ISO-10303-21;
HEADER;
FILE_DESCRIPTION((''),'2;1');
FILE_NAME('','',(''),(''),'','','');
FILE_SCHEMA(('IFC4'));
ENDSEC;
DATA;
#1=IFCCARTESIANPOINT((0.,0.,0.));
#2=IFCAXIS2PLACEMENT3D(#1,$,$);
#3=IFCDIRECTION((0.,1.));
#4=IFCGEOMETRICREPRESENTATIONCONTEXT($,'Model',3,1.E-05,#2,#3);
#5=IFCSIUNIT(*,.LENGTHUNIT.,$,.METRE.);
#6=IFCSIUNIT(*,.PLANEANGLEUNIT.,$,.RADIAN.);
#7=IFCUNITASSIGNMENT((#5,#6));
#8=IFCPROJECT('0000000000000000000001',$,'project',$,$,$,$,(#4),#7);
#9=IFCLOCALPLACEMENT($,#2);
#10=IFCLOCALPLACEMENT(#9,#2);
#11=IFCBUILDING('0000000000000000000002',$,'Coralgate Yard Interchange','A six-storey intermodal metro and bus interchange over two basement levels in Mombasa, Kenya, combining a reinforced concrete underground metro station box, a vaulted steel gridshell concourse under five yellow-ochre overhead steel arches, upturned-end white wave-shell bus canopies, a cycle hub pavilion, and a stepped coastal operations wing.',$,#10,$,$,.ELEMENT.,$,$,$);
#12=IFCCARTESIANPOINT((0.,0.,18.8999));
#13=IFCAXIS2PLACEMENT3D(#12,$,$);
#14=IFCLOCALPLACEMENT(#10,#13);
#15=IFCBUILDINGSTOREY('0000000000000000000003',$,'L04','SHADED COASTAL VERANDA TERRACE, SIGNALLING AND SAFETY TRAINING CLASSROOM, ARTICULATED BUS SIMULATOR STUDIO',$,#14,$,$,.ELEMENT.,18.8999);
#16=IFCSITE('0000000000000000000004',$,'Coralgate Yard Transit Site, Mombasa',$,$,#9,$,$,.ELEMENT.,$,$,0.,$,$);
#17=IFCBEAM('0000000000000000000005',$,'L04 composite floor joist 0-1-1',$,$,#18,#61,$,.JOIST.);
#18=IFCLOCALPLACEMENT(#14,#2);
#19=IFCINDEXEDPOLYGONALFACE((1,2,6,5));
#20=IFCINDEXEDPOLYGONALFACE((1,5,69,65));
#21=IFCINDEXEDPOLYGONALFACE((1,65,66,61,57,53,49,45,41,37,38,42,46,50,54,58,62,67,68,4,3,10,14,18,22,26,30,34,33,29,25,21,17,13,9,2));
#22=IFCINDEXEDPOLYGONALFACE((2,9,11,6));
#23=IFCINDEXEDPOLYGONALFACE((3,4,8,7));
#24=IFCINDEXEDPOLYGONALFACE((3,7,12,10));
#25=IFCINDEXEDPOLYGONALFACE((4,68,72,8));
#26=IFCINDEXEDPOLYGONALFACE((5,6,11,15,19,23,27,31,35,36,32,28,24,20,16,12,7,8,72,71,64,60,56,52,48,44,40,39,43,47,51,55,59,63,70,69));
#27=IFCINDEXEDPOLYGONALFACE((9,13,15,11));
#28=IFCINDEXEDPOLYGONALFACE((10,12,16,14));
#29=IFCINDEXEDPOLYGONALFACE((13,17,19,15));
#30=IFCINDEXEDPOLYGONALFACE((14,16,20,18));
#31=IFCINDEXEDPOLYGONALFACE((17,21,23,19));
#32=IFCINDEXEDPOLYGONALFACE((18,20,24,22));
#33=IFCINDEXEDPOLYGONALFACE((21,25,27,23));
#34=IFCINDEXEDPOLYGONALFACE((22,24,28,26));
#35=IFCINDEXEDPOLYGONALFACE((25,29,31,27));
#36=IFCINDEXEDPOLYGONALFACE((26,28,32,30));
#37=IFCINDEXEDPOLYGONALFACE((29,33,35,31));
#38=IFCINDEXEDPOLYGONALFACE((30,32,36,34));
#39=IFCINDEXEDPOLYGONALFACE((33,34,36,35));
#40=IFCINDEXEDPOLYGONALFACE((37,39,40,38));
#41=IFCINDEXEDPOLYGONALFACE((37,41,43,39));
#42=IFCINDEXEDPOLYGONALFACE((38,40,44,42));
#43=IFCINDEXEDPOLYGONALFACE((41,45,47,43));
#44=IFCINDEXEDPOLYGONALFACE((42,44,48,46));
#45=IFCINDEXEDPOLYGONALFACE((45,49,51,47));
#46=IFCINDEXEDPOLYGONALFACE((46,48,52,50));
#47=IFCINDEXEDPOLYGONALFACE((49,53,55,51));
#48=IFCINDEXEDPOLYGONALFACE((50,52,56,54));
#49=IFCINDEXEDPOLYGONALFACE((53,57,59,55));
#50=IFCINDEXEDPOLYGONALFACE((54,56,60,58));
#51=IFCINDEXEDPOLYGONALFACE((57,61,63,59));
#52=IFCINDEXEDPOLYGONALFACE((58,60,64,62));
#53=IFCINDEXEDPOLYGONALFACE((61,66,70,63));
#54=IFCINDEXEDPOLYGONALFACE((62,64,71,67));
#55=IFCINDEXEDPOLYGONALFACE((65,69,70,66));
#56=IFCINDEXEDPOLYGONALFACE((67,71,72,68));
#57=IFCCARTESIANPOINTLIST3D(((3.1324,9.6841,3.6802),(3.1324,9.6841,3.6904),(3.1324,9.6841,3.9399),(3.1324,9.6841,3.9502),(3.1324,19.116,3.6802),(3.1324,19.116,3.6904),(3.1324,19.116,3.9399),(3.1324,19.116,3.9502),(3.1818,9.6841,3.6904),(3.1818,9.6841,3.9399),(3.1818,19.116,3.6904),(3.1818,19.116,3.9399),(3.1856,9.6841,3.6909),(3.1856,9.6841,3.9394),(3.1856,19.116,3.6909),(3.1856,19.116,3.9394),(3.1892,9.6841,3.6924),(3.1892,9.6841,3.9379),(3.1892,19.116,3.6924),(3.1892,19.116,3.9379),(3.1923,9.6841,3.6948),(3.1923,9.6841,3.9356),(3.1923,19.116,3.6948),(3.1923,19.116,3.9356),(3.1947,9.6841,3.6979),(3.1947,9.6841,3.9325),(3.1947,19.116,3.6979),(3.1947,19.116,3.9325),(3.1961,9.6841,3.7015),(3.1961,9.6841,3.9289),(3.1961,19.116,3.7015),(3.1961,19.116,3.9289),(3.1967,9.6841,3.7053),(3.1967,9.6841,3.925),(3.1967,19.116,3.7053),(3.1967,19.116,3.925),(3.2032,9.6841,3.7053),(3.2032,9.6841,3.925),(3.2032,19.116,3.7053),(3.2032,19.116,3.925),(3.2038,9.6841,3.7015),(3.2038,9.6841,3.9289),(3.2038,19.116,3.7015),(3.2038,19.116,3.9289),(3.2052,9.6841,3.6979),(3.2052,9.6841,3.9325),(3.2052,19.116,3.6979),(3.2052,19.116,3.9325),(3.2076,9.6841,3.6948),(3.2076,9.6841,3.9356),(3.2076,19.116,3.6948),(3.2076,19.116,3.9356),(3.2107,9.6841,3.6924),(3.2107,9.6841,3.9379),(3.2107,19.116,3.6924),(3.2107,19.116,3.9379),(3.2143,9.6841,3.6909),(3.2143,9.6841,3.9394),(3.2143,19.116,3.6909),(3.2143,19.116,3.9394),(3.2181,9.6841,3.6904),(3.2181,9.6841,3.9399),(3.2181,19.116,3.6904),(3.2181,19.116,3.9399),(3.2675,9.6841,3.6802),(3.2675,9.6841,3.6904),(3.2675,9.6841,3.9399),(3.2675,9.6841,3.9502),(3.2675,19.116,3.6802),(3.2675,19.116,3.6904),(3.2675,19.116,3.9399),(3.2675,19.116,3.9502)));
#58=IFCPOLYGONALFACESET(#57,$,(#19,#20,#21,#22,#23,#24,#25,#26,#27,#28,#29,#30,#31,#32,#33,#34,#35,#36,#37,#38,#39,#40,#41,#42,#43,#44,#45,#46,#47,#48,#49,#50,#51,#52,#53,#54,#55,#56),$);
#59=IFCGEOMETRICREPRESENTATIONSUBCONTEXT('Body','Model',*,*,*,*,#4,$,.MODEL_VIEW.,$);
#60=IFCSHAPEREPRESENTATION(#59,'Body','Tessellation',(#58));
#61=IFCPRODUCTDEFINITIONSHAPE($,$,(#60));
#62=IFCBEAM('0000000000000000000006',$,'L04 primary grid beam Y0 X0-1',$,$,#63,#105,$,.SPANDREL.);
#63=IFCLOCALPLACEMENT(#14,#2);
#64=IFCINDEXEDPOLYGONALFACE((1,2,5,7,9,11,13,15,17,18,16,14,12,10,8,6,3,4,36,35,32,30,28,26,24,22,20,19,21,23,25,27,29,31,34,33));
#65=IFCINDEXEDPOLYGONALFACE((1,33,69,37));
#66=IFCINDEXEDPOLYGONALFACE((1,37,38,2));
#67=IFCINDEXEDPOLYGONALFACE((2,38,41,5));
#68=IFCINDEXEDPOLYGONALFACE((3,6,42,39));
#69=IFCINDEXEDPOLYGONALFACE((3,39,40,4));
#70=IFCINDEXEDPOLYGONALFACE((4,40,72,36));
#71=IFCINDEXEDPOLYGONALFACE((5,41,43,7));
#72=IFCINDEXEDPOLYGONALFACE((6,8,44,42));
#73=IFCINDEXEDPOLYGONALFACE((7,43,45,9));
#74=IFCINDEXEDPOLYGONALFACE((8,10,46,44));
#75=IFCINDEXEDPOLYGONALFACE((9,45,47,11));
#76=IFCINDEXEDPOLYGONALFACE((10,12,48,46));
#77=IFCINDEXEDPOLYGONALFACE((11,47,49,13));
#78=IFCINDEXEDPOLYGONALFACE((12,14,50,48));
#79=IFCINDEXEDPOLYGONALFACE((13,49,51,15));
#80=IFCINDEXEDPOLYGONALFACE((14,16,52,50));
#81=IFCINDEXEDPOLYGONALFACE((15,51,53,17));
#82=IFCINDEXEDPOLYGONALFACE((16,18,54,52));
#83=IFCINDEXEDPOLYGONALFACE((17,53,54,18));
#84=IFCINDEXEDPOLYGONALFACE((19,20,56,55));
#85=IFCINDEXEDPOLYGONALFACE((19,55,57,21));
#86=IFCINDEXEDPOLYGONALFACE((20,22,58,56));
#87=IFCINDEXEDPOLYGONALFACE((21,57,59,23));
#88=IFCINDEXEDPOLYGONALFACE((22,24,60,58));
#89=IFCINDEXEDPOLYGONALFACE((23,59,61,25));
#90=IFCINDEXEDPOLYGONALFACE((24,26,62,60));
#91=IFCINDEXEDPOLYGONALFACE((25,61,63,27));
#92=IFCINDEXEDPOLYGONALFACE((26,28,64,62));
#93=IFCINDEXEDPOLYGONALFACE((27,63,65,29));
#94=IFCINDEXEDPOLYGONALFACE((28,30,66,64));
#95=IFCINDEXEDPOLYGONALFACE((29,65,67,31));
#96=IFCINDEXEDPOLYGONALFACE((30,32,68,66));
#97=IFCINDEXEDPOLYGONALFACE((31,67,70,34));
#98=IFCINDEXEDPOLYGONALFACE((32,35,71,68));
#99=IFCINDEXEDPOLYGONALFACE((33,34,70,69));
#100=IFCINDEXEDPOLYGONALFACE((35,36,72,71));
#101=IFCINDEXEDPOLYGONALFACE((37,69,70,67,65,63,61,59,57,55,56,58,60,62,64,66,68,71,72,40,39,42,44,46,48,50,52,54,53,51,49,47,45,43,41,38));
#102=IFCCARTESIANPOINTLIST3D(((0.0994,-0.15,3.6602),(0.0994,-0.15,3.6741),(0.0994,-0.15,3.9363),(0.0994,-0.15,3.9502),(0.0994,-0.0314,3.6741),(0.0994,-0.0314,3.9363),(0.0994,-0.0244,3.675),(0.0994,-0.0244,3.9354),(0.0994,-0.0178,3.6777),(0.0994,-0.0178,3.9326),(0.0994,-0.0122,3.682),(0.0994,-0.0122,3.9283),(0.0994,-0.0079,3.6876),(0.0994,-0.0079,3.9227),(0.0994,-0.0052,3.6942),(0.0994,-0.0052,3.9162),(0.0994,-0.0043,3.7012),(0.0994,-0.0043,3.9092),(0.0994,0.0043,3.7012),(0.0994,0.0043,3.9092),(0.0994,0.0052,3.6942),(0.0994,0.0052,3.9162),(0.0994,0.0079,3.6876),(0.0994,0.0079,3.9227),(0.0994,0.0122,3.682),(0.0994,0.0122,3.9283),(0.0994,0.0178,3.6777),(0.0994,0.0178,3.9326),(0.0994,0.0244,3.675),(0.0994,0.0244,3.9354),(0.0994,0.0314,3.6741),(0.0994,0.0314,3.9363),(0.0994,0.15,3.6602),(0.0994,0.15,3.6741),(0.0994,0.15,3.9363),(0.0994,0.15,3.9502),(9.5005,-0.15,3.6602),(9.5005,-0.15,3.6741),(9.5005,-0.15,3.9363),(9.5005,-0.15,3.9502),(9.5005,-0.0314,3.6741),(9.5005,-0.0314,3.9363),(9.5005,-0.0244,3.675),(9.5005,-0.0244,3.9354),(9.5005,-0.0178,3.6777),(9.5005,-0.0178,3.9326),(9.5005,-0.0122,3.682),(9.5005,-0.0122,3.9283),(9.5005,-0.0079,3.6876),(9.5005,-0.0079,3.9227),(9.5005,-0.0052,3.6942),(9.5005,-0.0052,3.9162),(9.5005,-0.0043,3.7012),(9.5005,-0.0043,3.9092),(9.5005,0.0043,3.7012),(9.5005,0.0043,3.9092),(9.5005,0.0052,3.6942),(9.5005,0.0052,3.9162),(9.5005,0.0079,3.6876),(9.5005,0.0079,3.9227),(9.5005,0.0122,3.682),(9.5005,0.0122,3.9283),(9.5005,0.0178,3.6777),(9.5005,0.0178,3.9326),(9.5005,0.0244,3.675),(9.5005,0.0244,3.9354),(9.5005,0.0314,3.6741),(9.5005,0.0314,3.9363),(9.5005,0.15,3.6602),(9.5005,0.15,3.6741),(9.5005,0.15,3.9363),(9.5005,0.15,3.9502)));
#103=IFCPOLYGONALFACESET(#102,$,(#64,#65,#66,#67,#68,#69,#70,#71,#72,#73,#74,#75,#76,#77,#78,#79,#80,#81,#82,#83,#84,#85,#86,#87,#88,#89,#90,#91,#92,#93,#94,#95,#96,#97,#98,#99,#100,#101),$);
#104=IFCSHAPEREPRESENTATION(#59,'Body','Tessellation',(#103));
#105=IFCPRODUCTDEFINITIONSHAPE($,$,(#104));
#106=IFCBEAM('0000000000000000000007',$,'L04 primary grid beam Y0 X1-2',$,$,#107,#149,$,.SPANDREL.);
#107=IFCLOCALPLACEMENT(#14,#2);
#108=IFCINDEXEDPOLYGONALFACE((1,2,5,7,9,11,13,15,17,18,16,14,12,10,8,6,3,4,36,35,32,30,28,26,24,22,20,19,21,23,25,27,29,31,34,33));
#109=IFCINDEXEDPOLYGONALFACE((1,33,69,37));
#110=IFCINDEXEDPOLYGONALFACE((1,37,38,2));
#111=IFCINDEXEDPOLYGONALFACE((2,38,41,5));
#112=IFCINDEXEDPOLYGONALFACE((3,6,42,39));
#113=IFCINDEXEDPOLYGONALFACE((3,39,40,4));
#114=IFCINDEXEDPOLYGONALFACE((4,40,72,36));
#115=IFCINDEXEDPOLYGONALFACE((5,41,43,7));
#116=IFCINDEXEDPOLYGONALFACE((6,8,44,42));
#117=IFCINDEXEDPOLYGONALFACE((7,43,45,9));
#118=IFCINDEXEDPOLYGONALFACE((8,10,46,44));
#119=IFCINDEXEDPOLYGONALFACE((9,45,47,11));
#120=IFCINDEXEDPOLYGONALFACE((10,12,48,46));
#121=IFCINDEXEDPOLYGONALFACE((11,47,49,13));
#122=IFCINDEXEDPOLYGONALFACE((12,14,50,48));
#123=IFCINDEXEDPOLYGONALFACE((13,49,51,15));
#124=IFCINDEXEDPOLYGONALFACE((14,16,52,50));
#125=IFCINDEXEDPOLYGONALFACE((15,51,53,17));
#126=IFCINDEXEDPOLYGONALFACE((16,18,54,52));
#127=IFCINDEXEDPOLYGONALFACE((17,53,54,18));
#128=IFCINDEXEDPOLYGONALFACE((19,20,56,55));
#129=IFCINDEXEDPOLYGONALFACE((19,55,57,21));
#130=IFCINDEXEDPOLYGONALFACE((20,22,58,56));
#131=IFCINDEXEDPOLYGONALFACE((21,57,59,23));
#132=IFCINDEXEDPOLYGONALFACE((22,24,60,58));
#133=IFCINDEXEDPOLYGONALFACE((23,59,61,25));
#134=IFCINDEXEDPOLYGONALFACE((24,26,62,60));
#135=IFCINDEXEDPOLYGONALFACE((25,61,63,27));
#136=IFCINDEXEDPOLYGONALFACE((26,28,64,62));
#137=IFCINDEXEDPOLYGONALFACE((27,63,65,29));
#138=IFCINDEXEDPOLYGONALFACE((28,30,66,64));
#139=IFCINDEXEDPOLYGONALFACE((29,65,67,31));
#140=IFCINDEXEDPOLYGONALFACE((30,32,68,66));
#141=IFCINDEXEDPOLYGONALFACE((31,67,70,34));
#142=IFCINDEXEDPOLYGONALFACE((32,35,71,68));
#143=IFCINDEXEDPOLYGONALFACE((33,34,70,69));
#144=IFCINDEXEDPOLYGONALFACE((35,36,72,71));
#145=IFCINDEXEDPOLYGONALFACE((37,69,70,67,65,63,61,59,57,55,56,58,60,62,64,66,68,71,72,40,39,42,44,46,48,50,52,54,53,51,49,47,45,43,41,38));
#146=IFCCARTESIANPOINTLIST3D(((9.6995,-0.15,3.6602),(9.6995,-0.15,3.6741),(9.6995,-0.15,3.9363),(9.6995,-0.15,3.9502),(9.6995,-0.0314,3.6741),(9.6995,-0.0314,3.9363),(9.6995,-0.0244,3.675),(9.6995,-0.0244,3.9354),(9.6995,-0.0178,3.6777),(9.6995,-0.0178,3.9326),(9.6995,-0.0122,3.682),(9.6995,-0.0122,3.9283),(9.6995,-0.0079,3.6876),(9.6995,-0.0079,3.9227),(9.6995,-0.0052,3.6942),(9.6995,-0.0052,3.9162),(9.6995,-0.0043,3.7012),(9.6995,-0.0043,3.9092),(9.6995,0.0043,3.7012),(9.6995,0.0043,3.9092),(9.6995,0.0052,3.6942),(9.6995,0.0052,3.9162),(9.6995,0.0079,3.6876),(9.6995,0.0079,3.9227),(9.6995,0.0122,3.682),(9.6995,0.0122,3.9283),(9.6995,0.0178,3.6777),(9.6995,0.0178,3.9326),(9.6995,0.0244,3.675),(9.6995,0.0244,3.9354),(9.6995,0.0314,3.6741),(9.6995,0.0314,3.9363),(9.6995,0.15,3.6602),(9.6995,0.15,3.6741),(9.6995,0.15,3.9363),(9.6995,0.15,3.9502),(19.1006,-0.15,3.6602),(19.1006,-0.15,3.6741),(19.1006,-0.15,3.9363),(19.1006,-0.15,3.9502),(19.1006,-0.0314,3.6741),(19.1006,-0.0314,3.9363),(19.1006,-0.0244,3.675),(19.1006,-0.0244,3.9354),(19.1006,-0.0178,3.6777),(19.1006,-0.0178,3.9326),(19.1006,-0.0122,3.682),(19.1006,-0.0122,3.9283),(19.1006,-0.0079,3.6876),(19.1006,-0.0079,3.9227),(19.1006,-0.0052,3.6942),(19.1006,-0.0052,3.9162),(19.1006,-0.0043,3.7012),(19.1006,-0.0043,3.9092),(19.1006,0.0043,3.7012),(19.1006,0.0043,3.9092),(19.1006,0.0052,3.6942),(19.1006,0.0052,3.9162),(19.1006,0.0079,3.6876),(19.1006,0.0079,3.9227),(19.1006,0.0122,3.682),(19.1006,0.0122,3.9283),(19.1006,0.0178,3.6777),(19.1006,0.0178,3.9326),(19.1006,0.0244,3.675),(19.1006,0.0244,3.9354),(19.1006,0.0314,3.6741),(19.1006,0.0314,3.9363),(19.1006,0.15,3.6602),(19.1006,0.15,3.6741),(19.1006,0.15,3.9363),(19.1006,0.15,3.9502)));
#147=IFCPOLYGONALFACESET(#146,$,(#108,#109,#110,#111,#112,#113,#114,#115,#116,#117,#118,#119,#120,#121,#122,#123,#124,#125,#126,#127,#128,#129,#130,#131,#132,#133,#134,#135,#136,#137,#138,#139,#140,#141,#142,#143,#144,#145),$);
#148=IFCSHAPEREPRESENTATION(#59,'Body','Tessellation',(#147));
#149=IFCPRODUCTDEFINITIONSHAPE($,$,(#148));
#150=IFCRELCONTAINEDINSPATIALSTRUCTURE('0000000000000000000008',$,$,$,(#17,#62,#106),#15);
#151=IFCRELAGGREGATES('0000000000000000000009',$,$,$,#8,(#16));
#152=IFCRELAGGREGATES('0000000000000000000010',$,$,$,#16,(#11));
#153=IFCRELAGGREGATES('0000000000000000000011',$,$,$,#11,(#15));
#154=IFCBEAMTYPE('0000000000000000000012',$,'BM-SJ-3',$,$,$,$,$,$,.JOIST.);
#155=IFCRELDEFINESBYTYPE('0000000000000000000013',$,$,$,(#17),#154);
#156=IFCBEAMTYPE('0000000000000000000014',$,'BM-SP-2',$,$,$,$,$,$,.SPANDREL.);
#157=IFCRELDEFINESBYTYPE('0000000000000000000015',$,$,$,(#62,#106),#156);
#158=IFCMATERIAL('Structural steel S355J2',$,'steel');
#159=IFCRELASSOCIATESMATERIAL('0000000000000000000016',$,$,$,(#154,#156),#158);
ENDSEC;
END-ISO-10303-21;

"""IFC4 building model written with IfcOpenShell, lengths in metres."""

from ifc_helpers import new_model, si_unit, direction, frame, origin, origin_2d, place, context, subcontext, project, spatial, i_section, extrude, material, material_profile, profile_set, type_object, element, save


model = new_model("IFC4")

# Units and contexts
model_context = context("Model", 3, precision=1e-05, world=origin(), true_north=direction((0.0, 1.0)))
body_context = subcontext(model_context, "Body", "Model", "MODEL_VIEW")
ifc_project = project(units=[si_unit("LENGTHUNIT", "METRE"), si_unit("PLANEANGLEUNIT", "RADIAN")], contexts=[model_context])

# Site, building, storey
site_placement = place(None, origin())
site = spatial("IfcSite", under=ifc_project, at=site_placement, Name="Coralgate Yard Transit Site, Mombasa", CompositionType="ELEMENT", RefElevation=0.0)
building_placement = place(site_placement, origin())
building = spatial("IfcBuilding", under=site, at=building_placement, Name="Coralgate Yard Interchange", Description="A six-storey intermodal metro and bus interchange over two basement levels in Mombasa, Kenya, combining a reinforced concrete underground metro station box, a vaulted steel gridshell concourse under five yellow-ochre overhead steel arches, upturned-end white wave-shell bus canopies, a cycle hub pavilion, and a stepped coastal operations wing.", CompositionType="ELEMENT")
storey_placement = place(building_placement, frame((0.0, 0.0, 18.8999)))
storey = spatial("IfcBuildingStorey", under=building, at=storey_placement, Name="L04", Description="SHADED COASTAL VERANDA TERRACE, SIGNALLING AND SAFETY TRAINING CLASSROOM, ARTICULATED BUS SIMULATOR STUDIO", CompositionType="ELEMENT", Elevation=18.8999)

# Shared definitions
ifc_material_1 = material(Name="Structural steel S355J2", Category="steel")

# Beams
ifc_material_profile_1 = material_profile(ifc_material_1, i_section(OverallWidth=0.135, OverallDepth=0.27, WebThickness=0.0066, FlangeThickness=0.0103, FilletRadius=0.0149, at=origin_2d()), Name="IPE 270")
ifc_profile_set_1 = profile_set([ifc_material_profile_1], Name="Structural steel S355J2")
beam_type_1 = type_object("IfcBeamType", Name="BM-SJ-3", PredefinedType="JOIST", material=ifc_profile_set_1)
beam_1_placement = place(storey_placement, frame((3.2, 9.6841, 3.8152), z_axis=(0.0, 1.0, 0.0), x_axis=(-1.0, 0.0, 0.0)))
element("IfcBeam", 1, at=beam_1_placement, inside=storey, type_object=beam_type_1, Name="L04 composite floor joist 0-1-1", PredefinedType="JOIST", context=body_context, shape_type="SweptSolid", body=[
    extrude(i_section(OverallWidth=0.135, OverallDepth=0.27, WebThickness=0.0066, FlangeThickness=0.0103, FilletRadius=0.0149, at=origin_2d()), origin(), (0.0, 0.0, 1.0), 9.4319),
])
ifc_material_profile_2 = material_profile(ifc_material_1, i_section(OverallWidth=0.3, OverallDepth=0.29, WebThickness=0.0085, FlangeThickness=0.0139, FilletRadius=0.0271, at=origin_2d()), Name="HEA 300")
ifc_profile_set_2 = profile_set([ifc_material_profile_2], Name="Structural steel S355J2")
beam_type_2 = type_object("IfcBeamType", Name="BM-SP-2", PredefinedType="SPANDREL", material=ifc_profile_set_2)
for number, where, z_axis, x_axis, name in (
    (2, (0.0994, 0.0, 3.8052), (1.0, 0.0, 0.0), (0.0, 1.0, 0.0), "L04 primary grid beam Y0 X0-1"),
    (3, (9.6995, 0.0, 3.8052), (1.0, 0.0, 0.0), (0.0, 1.0, 0.0), "L04 primary grid beam Y0 X1-2"),
):
    element("IfcBeam", number, at=place(storey_placement, frame(where, z_axis=z_axis, x_axis=x_axis)), inside=storey, type_object=beam_type_2, Name=name, PredefinedType="SPANDREL", context=body_context, shape_type="SweptSolid", body=[
        extrude(i_section(OverallWidth=0.3, OverallDepth=0.29, WebThickness=0.0085, FlangeThickness=0.0139, FilletRadius=0.0271, at=origin_2d()), origin(), (0.0, 0.0, 1.0), 9.4011),
    ])

save(model, "model.ifc")
